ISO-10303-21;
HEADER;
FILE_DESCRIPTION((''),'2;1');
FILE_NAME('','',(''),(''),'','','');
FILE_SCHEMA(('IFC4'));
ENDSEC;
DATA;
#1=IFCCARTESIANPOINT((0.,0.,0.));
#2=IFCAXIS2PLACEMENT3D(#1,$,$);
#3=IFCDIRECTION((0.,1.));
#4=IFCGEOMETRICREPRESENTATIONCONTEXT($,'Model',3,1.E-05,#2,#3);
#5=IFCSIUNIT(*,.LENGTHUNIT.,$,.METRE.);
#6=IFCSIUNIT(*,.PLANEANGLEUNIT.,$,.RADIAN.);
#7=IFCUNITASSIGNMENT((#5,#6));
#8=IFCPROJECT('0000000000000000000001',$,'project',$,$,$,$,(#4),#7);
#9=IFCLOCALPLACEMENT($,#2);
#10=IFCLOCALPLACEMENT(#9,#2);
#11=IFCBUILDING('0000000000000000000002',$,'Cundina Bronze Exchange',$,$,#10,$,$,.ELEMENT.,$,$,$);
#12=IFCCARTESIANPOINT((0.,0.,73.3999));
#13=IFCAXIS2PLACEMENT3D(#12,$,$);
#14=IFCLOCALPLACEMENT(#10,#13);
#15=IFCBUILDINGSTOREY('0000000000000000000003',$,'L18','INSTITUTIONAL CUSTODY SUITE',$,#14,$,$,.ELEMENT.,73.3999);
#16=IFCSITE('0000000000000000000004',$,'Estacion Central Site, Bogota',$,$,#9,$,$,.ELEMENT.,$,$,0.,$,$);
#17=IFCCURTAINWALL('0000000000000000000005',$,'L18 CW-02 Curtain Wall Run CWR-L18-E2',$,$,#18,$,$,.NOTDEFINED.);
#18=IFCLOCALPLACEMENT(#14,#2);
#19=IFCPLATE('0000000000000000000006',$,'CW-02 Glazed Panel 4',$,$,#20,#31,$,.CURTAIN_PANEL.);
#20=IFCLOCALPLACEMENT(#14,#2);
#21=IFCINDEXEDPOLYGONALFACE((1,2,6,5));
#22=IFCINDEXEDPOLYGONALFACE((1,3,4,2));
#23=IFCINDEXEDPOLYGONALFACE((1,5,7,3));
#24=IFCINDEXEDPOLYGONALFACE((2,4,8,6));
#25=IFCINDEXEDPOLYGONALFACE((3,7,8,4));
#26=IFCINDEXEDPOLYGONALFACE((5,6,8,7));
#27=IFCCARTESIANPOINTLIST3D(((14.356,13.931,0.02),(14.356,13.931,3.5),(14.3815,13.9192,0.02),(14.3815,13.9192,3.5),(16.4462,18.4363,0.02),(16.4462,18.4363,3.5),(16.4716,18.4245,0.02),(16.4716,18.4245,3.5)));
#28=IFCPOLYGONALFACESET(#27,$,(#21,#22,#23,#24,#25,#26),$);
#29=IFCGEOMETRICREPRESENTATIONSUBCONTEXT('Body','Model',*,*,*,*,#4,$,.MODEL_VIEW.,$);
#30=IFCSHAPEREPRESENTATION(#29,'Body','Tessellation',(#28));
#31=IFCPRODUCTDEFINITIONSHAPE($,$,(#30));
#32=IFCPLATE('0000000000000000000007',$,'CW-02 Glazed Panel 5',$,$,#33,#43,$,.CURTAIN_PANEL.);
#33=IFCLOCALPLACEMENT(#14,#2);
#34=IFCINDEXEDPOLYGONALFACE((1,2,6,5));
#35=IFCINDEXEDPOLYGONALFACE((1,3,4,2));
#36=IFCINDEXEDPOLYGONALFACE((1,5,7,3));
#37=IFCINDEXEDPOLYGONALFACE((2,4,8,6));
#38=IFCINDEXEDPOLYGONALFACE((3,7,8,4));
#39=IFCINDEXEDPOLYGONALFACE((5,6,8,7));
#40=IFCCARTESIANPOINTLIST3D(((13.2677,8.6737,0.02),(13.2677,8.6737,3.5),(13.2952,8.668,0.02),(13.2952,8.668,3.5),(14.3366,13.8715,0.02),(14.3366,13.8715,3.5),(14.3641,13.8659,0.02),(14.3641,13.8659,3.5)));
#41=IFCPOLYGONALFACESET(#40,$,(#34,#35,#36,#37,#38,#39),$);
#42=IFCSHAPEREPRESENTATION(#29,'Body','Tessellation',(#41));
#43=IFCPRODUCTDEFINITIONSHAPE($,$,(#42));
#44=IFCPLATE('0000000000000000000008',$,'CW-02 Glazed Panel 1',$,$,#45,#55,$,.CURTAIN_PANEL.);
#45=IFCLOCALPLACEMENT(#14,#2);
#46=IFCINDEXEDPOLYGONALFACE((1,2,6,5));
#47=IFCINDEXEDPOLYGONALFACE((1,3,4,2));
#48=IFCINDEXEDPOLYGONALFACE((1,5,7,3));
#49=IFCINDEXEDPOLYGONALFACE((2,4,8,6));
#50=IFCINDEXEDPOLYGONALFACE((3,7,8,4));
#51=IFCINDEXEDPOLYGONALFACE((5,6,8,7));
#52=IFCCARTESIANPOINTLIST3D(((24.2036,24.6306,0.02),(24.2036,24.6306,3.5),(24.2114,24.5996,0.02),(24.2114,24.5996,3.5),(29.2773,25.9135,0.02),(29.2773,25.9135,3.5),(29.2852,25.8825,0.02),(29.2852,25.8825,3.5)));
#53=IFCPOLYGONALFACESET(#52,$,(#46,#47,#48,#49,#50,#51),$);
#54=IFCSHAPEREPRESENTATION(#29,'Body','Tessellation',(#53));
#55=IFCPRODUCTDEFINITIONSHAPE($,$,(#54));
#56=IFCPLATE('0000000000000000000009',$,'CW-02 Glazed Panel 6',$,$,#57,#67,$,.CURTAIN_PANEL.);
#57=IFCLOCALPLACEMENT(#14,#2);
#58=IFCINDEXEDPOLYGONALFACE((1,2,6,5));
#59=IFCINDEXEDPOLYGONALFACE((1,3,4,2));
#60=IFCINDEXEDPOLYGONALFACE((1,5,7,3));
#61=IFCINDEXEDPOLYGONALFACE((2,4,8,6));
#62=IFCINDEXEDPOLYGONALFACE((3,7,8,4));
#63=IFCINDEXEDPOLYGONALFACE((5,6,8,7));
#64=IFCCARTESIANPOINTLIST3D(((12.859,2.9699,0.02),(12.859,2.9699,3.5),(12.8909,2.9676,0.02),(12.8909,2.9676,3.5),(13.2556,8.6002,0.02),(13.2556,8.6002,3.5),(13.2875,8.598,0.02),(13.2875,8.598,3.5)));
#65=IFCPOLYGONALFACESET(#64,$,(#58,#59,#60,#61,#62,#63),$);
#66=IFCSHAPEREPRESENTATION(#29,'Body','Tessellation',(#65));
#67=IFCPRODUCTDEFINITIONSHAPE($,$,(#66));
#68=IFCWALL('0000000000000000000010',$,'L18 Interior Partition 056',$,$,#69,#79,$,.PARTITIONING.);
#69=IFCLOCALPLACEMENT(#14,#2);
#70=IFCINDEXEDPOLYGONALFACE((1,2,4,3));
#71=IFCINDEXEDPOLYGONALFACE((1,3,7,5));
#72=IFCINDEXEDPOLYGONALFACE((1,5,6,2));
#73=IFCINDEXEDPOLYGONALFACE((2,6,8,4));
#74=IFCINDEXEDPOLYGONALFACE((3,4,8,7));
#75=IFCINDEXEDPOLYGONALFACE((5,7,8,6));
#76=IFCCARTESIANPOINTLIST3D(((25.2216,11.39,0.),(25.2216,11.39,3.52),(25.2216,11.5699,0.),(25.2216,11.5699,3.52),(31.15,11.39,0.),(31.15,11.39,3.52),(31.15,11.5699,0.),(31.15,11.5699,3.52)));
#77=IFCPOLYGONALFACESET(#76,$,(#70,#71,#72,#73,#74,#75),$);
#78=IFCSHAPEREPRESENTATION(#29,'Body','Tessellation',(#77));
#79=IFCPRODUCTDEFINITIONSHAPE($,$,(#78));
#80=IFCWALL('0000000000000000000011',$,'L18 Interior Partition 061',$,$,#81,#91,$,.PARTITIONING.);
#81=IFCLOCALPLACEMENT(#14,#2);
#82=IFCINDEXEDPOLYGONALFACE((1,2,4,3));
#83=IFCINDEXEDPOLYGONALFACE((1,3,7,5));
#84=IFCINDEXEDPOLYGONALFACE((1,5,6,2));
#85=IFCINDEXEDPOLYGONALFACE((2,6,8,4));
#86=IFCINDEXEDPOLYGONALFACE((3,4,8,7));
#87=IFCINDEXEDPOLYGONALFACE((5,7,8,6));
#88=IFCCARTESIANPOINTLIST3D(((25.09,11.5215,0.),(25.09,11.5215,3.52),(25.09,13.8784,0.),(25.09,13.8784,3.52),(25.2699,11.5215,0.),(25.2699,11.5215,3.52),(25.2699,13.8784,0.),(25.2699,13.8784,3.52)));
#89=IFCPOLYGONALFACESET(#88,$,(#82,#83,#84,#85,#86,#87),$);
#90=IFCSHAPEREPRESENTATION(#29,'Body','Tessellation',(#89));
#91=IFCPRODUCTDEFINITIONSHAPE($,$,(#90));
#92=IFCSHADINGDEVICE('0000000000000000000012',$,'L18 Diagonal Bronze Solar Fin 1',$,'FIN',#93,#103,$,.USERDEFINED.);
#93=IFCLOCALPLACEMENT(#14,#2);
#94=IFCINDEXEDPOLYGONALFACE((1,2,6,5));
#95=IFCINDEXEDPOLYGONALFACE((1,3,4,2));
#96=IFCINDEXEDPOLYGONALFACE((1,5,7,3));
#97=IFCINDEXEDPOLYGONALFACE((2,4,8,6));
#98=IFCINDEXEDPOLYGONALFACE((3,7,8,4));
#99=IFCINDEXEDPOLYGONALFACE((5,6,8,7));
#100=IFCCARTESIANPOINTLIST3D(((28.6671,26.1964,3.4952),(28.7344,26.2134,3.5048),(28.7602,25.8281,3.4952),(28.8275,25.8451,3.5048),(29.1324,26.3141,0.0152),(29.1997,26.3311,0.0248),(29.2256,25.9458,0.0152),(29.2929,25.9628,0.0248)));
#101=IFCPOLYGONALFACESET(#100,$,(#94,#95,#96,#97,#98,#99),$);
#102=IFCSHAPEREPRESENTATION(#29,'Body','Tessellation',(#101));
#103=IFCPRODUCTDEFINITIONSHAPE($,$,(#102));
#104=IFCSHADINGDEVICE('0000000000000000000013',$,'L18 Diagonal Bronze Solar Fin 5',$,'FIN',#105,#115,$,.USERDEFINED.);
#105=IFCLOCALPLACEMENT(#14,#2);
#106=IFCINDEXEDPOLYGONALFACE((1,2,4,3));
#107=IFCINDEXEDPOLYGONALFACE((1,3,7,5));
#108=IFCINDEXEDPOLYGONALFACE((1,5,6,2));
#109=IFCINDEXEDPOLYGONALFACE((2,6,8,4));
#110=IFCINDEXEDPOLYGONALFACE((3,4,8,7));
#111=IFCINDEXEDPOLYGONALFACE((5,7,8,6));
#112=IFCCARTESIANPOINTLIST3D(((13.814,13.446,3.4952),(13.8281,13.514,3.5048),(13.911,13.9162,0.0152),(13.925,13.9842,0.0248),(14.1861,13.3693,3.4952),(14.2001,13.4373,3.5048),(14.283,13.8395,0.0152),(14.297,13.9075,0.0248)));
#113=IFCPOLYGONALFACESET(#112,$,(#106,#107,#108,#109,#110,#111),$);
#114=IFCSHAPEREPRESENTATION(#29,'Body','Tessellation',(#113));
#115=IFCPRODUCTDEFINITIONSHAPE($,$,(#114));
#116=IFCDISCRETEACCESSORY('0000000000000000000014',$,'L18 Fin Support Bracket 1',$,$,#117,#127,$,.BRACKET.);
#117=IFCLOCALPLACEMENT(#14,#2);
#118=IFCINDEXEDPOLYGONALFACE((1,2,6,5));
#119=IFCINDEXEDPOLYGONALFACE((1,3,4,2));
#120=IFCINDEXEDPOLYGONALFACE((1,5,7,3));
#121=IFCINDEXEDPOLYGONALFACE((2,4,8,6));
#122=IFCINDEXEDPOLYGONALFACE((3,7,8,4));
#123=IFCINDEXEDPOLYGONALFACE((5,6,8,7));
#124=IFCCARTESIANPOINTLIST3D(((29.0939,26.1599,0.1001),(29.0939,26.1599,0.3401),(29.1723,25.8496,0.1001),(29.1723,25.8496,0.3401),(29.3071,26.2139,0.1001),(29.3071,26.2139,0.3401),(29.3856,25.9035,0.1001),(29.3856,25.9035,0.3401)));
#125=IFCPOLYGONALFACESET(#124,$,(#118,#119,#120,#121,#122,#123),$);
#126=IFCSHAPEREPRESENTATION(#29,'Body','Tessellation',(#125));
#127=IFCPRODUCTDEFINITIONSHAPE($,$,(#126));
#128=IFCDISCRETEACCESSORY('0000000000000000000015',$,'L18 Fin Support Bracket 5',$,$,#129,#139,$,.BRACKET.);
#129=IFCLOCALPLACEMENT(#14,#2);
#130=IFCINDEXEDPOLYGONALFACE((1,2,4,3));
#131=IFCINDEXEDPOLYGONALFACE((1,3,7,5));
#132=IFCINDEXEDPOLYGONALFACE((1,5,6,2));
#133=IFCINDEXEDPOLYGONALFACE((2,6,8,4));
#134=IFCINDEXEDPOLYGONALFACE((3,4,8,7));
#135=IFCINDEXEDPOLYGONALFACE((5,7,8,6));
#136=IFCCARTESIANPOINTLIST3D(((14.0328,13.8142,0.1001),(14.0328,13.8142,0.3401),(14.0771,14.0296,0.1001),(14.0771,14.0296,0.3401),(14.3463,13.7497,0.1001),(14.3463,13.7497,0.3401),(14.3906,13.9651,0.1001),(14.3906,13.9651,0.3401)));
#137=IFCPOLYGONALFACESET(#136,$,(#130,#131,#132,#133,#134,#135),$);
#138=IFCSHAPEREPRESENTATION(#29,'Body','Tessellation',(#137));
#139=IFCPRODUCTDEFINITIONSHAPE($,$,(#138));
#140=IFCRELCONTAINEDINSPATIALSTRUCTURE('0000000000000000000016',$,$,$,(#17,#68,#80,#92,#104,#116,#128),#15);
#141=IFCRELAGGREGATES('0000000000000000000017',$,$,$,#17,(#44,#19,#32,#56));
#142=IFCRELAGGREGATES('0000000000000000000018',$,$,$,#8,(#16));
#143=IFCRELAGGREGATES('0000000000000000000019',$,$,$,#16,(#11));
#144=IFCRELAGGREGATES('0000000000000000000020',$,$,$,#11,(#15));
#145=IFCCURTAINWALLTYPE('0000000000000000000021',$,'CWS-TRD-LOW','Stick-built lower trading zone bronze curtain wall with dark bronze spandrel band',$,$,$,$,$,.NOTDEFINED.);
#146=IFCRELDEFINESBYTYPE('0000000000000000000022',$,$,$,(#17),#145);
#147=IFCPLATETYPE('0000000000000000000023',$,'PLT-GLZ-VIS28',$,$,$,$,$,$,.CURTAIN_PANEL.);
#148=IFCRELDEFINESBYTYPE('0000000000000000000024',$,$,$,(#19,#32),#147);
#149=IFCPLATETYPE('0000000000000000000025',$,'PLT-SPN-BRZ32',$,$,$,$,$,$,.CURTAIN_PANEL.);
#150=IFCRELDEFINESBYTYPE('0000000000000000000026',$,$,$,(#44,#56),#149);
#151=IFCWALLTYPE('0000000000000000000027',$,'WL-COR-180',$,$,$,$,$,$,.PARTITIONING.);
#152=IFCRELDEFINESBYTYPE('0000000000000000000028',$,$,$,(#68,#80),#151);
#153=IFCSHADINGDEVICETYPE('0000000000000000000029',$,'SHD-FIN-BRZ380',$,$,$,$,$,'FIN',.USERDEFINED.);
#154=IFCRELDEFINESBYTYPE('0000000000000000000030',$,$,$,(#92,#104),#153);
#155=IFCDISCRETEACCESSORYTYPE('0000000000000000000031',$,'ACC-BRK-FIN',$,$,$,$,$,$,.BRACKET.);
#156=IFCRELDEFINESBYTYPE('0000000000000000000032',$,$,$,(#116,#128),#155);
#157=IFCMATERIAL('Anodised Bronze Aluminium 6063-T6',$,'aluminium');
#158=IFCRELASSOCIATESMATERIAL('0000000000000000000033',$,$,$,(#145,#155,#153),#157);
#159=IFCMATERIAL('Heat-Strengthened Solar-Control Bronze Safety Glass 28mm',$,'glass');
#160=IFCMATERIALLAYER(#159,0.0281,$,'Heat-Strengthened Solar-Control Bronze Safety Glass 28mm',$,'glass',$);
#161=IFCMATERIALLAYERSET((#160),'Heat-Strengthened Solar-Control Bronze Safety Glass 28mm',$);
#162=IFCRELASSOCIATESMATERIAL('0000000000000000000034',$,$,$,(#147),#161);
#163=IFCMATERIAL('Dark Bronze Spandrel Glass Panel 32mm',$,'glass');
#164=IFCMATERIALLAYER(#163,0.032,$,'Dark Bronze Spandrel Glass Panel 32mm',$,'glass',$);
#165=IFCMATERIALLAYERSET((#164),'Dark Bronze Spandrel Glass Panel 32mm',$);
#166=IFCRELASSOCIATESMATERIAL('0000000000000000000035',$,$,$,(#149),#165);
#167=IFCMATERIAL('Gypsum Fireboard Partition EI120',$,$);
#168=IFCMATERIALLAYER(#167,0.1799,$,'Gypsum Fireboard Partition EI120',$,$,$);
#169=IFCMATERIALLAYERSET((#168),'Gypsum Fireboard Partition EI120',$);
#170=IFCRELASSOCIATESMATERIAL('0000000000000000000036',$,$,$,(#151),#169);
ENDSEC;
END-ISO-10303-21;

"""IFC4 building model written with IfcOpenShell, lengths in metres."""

from ifc_helpers import new_model, si_unit, direction, frame, frame_2d, origin, origin_2d, place, context, subcontext, project, spatial, rectangle, extrude, material, layer, layer_set, material_profile, profile_set, type_object, element, aggregate, save


model = new_model("IFC4")

# Units and contexts
model_context = context("Model", 3, precision=1e-05, world=origin(), true_north=direction((0.0, 1.0)))
body_context = subcontext(model_context, "Body", "Model", "MODEL_VIEW")
ifc_project = project(units=[si_unit("LENGTHUNIT", "METRE"), si_unit("PLANEANGLEUNIT", "RADIAN")], contexts=[model_context])

# Site, building, storey
site_placement = place(None, origin())
site = spatial("IfcSite", under=ifc_project, at=site_placement, Name="Estacion Central Site, Bogota", CompositionType="ELEMENT", RefElevation=0.0)
building_placement = place(site_placement, origin())
building = spatial("IfcBuilding", under=site, at=building_placement, Name="Cundina Bronze Exchange", CompositionType="ELEMENT")
storey_placement = place(building_placement, frame((0.0, 0.0, 73.3999)))
storey = spatial("IfcBuildingStorey", under=building, at=storey_placement, Name="L18", Description="INSTITUTIONAL CUSTODY SUITE", CompositionType="ELEMENT", Elevation=73.3999)

# Shared definitions
ifc_material_1 = material(Name="Anodised Bronze Aluminium 6063-T6", Category="aluminium")
curtain_wall_type = type_object("IfcCurtainWallType", Name="CWS-TRD-LOW", Description="Stick-built lower trading zone bronze curtain wall with dark bronze spandrel band", PredefinedType="NOTDEFINED", material=ifc_material_1)

# Curtain wall, plates
curtain_wall_1_placement = place(storey_placement, origin())
curtain_wall_1 = element("IfcCurtainWall", 1, at=curtain_wall_1_placement, inside=storey, type_object=curtain_wall_type, Name="L18 CW-02 Curtain Wall Run CWR-L18-E2", PredefinedType="NOTDEFINED")
ifc_material_2 = material(Name="Heat-Strengthened Solar-Control Bronze Safety Glass 28mm", Category="glass")
ifc_layer_1 = layer(ifc_material_2, 0.0281, Name="Heat-Strengthened Solar-Control Bronze Safety Glass 28mm", Category="glass")
ifc_layer_set_1 = layer_set([ifc_layer_1], Name="Heat-Strengthened Solar-Control Bronze Safety Glass 28mm")
plate_type_1 = type_object("IfcPlateType", Name="PLT-GLZ-VIS28", PredefinedType="CURTAIN_PANEL", material=ifc_layer_set_1)
plate_1_placement = place(storey_placement, frame((15.4138, 16.1777, 0.02), z_axis=(0.0, 0.0, 1.0), x_axis=(-0.420846, -0.907132, 0.0)))
plate_1 = element("IfcPlate", 2, at=plate_1_placement, type_object=plate_type_1, Name="CW-02 Glazed Panel 4", PredefinedType="CURTAIN_PANEL", context=body_context, shape_type="SweptSolid", body=[
    extrude(rectangle(XDim=4.9666, YDim=0.0281, at=origin_2d()), origin(), (0.0, 0.0, 1.0), 3.48),
])
plate_2_placement = place(storey_placement, frame((13.8159, 11.2698, 0.02), z_axis=(0.0, 0.0, 1.0), x_axis=(-0.20142, -0.979505, 0.0)))
plate_2 = element("IfcPlate", 3, at=plate_2_placement, type_object=plate_type_1, Name="CW-02 Glazed Panel 5", PredefinedType="CURTAIN_PANEL", context=body_context, shape_type="SweptSolid", body=[
    extrude(rectangle(XDim=5.3066, YDim=0.0281, at=origin_2d()), origin(), (0.0, 0.0, 1.0), 3.48),
])
ifc_material_3 = material(Name="Dark Bronze Spandrel Glass Panel 32mm", Category="glass")
ifc_layer_2 = layer(ifc_material_3, 0.032, Name="Dark Bronze Spandrel Glass Panel 32mm", Category="glass")
ifc_layer_set_2 = layer_set([ifc_layer_2], Name="Dark Bronze Spandrel Glass Panel 32mm")
plate_type_2 = type_object("IfcPlateType", Name="PLT-SPN-BRZ32", PredefinedType="CURTAIN_PANEL", material=ifc_layer_set_2)
plate_3_placement = place(storey_placement, frame((26.7444, 25.2566, 0.02), z_axis=(0.0, 0.0, 1.0), x_axis=(-0.969488, -0.245138, 0.0)))
plate_3 = element("IfcPlate", 4, at=plate_3_placement, type_object=plate_type_2, Name="CW-02 Glazed Panel 1", PredefinedType="CURTAIN_PANEL", context=body_context, shape_type="SweptSolid", body=[
    extrude(rectangle(XDim=5.2334, YDim=0.032, at=origin_2d()), origin(), (0.0, 0.0, 1.0), 3.48),
])
plate_4_placement = place(storey_placement, frame((13.0732, 5.7839, 0.02), z_axis=(0.0, 0.0, 1.0), x_axis=(-0.070279, -0.997527, 0.0)))
plate_4 = element("IfcPlate", 5, at=plate_4_placement, type_object=plate_type_2, Name="CW-02 Glazed Panel 6", PredefinedType="CURTAIN_PANEL", context=body_context, shape_type="SweptSolid", body=[
    extrude(rectangle(XDim=5.6443, YDim=0.032, at=origin_2d()), origin(), (0.0, 0.0, 1.0), 3.48),
])
aggregate(curtain_wall_1, [plate_3, plate_1, plate_2, plate_4])

# Walls
ifc_material_4 = material(Name="Gypsum Fireboard Partition EI120")
ifc_layer_3 = layer(ifc_material_4, 0.1799, Name="Gypsum Fireboard Partition EI120")
ifc_layer_set_3 = layer_set([ifc_layer_3], Name="Gypsum Fireboard Partition EI120")
wall_type = type_object("IfcWallType", Name="WL-COR-180", PredefinedType="PARTITIONING", material=ifc_layer_set_3)
wall_1_placement = place(storey_placement, frame((25.2214, 11.48, 0.0), z_axis=(0.0, 0.0, 1.0), x_axis=(1.0, 0.0, 0.0)))
element("IfcWall", 6, at=wall_1_placement, inside=storey, type_object=wall_type, Name="L18 Interior Partition 056", PredefinedType="PARTITIONING", context=body_context, shape_type="SweptSolid", body=[
    extrude(rectangle(XDim=5.9285, YDim=0.1799, at=frame_2d((2.9644, 0.0))), origin(), (0.0, 0.0, 1.0), 3.52),
])
wall_2_placement = place(storey_placement, frame((25.1799, 13.8784, 0.0), z_axis=(0.0, 0.0, 1.0), x_axis=(0.0, -1.0, 0.0)))
element("IfcWall", 7, at=wall_2_placement, inside=storey, type_object=wall_type, Name="L18 Interior Partition 061", PredefinedType="PARTITIONING", context=body_context, shape_type="SweptSolid", body=[
    extrude(rectangle(XDim=2.3569, YDim=0.1799, at=frame_2d((1.1785, 0.0))), origin(), (0.0, 0.0, 1.0), 3.52),
])

# Shading devices
ifc_material_profile_1 = material_profile(ifc_material_1, rectangle(XDim=0.0701, YDim=0.3799, at=origin_2d()), Name="FIN70X380", Category="aluminium")
ifc_profile_set_1 = profile_set([ifc_material_profile_1], Name="Anodised Bronze Aluminium 6063-T6")
shading_device_type = type_object("IfcShadingDeviceType", Name="SHD-FIN-BRZ380", ElementType="FIN", PredefinedType="USERDEFINED", material=ifc_profile_set_1)
for number, where, z_axis, x_axis, name in (
    (8, (29.2126, 26.1384, 0.02), (-0.132463, -0.033498, 0.990622), (0.960389, 0.242868, 0.136633), "L18 Diagonal Bronze Solar Fin 1"),
    (9, (14.104, 13.9119, 0.02), (-0.027591, -0.133852, 0.990617), (0.199988, 0.97022, 0.136666), "L18 Diagonal Bronze Solar Fin 5"),
):
    element("IfcShadingDevice", number, at=place(storey_placement, frame(where, z_axis=z_axis, x_axis=x_axis)), inside=storey, type_object=shading_device_type, Name=name, ObjectType="FIN", PredefinedType="USERDEFINED", context=body_context, shape_type="SweptSolid", body=[
        extrude(rectangle(XDim=0.0701, YDim=0.3799, at=origin_2d()), origin(), (0.0, 0.0, 1.0), 3.5129),
    ])

# Discrete accessories
discrete_accessory_type = type_object("IfcDiscreteAccessoryType", Name="ACC-BRK-FIN", PredefinedType="BRACKET", material=ifc_material_1)
for number, where, z_axis, x_axis, name in (
    (10, (29.2397, 26.0317, 0.1001), (0.0, 0.0, 1.0), (-0.969488, -0.245138, 0.0), "L18 Fin Support Bracket 1"),
    (11, (14.2117, 13.8896, 0.1001), (0.0, 0.0, 1.0), (-0.20142, -0.979505, 0.0), "L18 Fin Support Bracket 5"),
):
    element("IfcDiscreteAccessory", number, at=place(storey_placement, frame(where, z_axis=z_axis, x_axis=x_axis)), inside=storey, type_object=discrete_accessory_type, Name=name, PredefinedType="BRACKET", context=body_context, shape_type="SweptSolid", body=[
        extrude(rectangle(XDim=0.22, YDim=0.3201, at=origin_2d()), origin(), (0.0, 0.0, 1.0), 0.24),
    ])

save(model, "model.ifc")
